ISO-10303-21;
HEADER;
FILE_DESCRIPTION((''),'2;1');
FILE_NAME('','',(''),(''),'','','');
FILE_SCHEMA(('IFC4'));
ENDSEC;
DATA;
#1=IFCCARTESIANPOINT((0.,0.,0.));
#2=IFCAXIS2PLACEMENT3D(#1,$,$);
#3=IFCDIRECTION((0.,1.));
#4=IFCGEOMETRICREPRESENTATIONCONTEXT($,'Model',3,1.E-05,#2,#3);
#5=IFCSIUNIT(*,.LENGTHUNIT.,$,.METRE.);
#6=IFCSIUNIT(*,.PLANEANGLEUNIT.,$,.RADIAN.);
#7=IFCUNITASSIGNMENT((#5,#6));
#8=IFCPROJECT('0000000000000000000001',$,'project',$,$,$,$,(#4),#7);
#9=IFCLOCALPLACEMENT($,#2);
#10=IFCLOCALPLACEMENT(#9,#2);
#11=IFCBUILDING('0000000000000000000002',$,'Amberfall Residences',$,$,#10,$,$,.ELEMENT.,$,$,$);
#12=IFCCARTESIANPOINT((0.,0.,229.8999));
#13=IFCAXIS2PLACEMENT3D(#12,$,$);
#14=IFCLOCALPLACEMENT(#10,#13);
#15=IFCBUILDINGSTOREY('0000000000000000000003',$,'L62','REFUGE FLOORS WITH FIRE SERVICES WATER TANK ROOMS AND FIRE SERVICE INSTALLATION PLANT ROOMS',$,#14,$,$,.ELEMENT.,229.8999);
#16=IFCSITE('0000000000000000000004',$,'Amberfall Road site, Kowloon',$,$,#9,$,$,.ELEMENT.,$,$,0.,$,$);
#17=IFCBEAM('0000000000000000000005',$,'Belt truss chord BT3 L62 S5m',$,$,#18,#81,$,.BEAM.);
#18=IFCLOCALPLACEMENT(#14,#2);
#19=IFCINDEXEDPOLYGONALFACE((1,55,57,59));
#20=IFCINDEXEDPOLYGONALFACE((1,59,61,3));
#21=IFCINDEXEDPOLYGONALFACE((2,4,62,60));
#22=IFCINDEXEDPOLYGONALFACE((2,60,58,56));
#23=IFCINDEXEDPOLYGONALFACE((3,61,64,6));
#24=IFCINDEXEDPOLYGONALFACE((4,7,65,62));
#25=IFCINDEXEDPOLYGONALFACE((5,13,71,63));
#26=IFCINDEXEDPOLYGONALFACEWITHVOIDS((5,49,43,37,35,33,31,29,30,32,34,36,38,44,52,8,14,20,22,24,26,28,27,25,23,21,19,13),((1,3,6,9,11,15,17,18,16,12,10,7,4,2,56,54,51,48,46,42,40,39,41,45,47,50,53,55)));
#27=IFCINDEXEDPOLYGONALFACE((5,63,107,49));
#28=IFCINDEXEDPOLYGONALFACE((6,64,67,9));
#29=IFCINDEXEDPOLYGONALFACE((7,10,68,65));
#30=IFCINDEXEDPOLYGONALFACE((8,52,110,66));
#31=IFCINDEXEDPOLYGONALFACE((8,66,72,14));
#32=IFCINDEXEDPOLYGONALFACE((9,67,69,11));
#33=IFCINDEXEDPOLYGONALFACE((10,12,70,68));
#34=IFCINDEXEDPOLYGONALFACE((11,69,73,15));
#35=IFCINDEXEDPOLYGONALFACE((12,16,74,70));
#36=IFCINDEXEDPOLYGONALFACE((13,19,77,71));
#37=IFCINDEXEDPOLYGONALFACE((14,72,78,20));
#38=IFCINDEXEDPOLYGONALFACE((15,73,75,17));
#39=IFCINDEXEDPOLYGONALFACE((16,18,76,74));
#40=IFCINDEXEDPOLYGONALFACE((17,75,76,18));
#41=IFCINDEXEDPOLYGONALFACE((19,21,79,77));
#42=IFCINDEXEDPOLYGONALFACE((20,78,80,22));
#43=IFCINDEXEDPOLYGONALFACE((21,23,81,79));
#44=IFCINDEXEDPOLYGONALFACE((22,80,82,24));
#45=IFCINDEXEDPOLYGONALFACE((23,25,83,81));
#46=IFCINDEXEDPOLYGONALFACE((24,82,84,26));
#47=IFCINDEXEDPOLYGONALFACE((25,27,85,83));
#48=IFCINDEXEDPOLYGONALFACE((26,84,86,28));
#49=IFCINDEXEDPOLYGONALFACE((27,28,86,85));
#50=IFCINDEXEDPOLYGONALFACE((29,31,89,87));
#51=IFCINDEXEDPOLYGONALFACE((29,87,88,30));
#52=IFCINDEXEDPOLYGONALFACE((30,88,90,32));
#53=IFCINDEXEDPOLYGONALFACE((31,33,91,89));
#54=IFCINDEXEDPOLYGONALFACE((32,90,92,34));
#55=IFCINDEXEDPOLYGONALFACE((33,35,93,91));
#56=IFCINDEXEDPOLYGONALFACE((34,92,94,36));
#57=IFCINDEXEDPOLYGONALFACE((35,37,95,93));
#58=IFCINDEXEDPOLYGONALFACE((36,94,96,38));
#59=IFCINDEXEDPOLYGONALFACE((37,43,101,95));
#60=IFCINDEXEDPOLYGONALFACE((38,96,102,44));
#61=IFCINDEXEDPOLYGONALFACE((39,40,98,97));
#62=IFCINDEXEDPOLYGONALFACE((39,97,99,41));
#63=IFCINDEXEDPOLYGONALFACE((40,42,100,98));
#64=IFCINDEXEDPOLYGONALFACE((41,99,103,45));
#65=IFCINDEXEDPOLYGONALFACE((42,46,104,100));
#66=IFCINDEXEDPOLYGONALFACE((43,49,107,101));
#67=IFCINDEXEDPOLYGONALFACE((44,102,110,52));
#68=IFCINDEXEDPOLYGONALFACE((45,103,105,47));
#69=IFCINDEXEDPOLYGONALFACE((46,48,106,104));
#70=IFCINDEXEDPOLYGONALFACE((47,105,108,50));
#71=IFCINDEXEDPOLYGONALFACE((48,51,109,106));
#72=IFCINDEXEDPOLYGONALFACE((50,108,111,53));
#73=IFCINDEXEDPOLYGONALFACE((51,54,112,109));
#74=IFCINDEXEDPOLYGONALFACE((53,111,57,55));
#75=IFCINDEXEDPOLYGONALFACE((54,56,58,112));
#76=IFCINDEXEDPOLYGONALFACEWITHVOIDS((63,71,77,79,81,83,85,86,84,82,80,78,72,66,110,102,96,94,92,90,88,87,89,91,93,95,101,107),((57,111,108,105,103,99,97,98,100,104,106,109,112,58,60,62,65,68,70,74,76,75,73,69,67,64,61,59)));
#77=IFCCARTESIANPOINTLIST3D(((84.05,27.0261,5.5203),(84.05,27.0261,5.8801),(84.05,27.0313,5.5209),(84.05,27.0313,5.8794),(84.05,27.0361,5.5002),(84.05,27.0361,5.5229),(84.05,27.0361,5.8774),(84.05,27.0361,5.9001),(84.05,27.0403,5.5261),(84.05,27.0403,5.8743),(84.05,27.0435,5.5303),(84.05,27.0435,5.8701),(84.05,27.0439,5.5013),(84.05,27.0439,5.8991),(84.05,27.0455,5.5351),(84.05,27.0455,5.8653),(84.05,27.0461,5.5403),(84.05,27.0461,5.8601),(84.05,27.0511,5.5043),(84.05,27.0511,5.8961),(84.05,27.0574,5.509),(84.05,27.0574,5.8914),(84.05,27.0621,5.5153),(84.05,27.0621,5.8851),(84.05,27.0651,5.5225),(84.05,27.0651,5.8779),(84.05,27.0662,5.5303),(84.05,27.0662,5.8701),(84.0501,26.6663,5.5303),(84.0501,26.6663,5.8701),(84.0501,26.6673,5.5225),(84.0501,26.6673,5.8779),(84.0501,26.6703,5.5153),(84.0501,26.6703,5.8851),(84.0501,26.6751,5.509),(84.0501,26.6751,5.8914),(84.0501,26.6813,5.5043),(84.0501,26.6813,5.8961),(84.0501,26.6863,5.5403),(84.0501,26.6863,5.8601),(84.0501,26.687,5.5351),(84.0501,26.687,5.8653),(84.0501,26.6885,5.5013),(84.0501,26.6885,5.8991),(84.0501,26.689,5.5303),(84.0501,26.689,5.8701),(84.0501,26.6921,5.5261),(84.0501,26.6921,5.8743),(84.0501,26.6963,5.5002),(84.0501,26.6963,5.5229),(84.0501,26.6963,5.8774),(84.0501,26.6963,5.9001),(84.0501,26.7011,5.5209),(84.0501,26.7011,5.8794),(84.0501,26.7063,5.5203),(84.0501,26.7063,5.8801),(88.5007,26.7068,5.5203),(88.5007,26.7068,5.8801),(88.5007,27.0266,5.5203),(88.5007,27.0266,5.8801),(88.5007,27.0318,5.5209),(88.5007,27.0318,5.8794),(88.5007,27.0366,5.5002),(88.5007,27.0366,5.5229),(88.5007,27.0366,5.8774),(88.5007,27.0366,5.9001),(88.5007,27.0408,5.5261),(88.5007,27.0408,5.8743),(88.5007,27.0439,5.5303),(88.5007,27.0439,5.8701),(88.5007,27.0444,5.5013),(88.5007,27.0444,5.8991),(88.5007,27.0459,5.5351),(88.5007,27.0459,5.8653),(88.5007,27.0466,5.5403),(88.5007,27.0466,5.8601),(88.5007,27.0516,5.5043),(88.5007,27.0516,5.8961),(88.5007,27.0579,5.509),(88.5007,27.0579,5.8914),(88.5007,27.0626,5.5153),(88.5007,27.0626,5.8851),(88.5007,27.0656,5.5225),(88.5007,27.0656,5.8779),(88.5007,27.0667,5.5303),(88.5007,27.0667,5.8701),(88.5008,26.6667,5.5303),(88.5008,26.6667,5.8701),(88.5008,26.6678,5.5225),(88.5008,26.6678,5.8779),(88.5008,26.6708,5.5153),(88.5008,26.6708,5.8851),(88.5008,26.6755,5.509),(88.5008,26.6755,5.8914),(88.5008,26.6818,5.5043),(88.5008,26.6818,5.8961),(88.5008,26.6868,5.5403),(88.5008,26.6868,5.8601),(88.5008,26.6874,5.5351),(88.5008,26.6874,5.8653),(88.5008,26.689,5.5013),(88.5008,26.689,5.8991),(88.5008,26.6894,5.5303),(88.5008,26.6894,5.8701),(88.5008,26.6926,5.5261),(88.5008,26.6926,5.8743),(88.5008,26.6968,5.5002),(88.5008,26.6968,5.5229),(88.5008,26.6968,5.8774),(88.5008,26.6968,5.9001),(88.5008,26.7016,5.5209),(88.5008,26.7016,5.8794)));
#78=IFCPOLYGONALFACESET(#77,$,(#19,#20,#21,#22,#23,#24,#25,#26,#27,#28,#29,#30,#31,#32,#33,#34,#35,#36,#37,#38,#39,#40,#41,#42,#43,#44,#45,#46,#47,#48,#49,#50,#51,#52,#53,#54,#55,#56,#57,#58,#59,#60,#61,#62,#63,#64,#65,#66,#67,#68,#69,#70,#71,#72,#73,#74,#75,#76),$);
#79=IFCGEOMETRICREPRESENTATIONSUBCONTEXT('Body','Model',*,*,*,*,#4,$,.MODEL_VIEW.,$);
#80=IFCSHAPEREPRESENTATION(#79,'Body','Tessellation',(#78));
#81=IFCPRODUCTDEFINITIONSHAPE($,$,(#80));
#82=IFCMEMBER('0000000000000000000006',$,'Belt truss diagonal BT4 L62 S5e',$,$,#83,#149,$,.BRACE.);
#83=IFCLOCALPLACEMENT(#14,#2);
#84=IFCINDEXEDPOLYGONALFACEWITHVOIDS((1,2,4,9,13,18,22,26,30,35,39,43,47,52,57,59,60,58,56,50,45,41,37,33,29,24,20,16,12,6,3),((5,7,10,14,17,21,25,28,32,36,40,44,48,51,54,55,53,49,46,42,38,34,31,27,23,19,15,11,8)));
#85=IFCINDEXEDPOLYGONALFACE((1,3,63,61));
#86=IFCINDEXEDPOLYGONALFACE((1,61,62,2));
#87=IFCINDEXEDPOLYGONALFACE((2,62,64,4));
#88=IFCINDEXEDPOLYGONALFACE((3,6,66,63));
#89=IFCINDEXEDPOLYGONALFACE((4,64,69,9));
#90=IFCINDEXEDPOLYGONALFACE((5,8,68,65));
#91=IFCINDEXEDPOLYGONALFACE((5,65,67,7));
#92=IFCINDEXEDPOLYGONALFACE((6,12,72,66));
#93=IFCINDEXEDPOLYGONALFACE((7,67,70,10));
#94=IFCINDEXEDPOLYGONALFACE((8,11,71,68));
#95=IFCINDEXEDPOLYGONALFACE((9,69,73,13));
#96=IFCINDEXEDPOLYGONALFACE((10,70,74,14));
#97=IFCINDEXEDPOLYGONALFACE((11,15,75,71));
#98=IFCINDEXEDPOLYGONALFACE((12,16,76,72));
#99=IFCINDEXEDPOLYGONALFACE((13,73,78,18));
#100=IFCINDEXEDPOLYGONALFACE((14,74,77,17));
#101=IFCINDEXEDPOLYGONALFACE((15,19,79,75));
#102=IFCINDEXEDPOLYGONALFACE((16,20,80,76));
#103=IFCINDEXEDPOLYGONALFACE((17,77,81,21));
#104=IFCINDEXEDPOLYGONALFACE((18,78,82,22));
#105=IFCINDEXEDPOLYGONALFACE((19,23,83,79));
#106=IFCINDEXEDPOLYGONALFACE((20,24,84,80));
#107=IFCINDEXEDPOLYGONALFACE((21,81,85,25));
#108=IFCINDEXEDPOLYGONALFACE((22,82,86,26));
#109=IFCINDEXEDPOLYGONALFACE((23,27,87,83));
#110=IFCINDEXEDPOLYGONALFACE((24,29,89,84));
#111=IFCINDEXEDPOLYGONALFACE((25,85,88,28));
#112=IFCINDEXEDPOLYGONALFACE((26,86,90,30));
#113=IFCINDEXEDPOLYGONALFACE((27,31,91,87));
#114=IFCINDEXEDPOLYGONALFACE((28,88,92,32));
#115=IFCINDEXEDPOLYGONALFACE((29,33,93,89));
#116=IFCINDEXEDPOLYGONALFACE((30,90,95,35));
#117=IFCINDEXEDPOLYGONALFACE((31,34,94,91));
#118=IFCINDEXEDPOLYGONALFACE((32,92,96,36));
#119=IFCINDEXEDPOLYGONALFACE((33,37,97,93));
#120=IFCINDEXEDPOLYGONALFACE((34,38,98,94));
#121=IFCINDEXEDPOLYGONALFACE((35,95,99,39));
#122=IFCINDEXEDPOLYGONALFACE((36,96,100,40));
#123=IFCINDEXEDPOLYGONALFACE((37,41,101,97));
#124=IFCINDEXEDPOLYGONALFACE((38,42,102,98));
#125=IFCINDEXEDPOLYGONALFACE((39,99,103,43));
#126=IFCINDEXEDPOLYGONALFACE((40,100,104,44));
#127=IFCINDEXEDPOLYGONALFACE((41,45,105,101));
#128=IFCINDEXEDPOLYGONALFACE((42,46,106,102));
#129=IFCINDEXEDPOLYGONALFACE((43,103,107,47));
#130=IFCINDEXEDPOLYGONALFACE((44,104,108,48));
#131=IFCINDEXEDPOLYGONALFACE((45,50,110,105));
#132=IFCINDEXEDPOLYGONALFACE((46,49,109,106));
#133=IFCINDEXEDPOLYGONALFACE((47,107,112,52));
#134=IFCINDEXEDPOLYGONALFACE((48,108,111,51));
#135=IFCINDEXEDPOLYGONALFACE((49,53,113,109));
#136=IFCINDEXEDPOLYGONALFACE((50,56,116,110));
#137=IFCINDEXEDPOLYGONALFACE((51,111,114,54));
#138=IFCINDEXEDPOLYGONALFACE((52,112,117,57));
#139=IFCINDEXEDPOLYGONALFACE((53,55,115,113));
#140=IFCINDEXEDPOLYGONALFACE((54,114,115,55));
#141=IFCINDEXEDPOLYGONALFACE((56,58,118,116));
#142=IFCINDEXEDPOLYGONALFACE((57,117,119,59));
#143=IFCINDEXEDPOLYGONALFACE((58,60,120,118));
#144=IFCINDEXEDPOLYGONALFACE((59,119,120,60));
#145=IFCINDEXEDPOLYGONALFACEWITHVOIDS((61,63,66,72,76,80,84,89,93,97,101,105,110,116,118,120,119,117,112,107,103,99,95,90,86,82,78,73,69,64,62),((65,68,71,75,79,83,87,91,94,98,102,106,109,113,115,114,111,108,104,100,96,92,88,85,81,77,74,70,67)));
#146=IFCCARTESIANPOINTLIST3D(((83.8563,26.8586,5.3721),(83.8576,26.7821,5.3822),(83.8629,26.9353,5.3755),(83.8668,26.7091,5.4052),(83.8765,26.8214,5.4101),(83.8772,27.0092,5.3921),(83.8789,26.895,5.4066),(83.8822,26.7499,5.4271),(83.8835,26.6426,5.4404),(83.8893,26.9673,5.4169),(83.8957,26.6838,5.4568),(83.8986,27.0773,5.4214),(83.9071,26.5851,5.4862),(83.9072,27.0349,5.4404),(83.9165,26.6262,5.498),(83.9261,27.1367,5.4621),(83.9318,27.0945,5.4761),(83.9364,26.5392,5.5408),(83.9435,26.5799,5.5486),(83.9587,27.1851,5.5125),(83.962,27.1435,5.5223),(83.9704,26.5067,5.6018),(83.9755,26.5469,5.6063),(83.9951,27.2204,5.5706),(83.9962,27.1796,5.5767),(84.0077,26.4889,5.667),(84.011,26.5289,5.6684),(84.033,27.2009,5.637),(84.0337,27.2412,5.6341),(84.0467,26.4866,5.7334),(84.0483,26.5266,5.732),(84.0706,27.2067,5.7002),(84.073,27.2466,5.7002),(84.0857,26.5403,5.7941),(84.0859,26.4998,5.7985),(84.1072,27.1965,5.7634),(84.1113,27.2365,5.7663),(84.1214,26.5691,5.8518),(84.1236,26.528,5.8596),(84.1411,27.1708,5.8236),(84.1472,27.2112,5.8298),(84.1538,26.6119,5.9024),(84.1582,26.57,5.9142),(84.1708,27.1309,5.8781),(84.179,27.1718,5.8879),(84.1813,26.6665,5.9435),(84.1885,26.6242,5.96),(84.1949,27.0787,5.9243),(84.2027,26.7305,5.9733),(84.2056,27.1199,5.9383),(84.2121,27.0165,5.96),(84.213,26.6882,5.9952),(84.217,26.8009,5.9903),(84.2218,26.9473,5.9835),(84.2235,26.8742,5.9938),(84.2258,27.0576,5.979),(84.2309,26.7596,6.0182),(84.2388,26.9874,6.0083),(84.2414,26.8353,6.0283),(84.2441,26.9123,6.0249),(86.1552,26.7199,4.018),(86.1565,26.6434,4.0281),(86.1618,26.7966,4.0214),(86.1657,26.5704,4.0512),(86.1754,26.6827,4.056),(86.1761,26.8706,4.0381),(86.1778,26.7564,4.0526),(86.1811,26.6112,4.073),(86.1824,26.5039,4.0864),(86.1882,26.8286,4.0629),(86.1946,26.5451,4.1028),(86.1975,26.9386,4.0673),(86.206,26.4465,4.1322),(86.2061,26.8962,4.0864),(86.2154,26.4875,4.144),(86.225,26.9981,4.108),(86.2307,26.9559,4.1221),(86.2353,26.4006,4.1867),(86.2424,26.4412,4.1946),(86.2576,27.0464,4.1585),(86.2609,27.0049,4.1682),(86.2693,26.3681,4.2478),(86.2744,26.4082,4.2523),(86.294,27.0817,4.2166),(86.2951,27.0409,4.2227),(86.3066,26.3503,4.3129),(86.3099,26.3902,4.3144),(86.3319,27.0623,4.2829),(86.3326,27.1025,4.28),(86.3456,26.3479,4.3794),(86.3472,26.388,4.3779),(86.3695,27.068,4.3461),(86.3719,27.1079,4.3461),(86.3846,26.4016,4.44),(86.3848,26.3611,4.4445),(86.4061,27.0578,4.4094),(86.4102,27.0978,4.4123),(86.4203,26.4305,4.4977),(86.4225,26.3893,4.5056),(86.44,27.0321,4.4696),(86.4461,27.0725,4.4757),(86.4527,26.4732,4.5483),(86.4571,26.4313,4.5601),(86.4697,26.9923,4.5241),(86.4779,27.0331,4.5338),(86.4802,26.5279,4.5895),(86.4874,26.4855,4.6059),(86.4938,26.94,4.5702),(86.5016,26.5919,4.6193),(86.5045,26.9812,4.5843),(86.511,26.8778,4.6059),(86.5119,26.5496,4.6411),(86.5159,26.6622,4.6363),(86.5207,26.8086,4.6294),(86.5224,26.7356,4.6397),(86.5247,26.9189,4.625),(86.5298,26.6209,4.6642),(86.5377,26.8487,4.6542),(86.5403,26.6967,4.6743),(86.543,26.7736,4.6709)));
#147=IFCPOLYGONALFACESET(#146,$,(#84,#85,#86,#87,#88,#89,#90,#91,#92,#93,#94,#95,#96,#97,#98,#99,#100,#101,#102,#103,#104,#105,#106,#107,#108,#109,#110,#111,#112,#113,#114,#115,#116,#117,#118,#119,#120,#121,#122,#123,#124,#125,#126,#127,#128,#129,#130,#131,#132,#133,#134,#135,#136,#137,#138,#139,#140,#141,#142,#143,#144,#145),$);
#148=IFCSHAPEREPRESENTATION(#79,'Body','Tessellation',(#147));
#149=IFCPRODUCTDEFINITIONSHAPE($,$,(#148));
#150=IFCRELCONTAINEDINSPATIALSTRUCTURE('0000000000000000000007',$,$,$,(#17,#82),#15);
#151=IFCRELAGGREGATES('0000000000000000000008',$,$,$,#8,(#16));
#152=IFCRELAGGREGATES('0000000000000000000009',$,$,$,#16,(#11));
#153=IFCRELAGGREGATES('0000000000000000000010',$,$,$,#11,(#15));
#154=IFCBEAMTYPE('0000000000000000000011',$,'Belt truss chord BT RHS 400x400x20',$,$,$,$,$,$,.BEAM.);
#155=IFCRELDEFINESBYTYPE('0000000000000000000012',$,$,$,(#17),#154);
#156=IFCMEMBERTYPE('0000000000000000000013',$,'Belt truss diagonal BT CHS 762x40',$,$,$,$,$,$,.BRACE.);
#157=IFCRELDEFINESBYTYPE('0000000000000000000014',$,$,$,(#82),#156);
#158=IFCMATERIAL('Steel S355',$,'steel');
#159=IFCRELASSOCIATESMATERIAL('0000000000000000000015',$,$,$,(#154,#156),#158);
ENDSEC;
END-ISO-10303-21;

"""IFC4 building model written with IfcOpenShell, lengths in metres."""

from ifc_helpers import new_model, si_unit, direction, frame, origin, origin_2d, place, context, subcontext, project, spatial, hollow_rectangle, hollow_circle, extrude, material, material_profile, profile_set, type_object, element, save


model = new_model("IFC4")

# Units and contexts
model_context = context("Model", 3, precision=1e-05, world=origin(), true_north=direction((0.0, 1.0)))
body_context = subcontext(model_context, "Body", "Model", "MODEL_VIEW")
ifc_project = project(units=[si_unit("LENGTHUNIT", "METRE"), si_unit("PLANEANGLEUNIT", "RADIAN")], contexts=[model_context])

# Site, building, storey
site_placement = place(None, origin())
site = spatial("IfcSite", under=ifc_project, at=site_placement, Name="Amberfall Road site, Kowloon", CompositionType="ELEMENT", RefElevation=0.0)
building_placement = place(site_placement, origin())
building = spatial("IfcBuilding", under=site, at=building_placement, Name="Amberfall Residences", CompositionType="ELEMENT")
storey_placement = place(building_placement, frame((0.0, 0.0, 229.8999)))
storey = spatial("IfcBuildingStorey", under=building, at=storey_placement, Name="L62", Description="REFUGE FLOORS WITH FIRE SERVICES WATER TANK ROOMS AND FIRE SERVICE INSTALLATION PLANT ROOMS", CompositionType="ELEMENT", Elevation=229.8999)

# Beam
ifc_material_1 = material(Name="Steel S355", Category="steel")
ifc_material_profile_1 = material_profile(ifc_material_1, hollow_rectangle(XDim=0.3999, YDim=0.3999, WallThickness=0.02, InnerFilletRadius=0.02, OuterFilletRadius=0.03, at=origin_2d()), Name="RHS 400x400x20")
ifc_profile_set_1 = profile_set([ifc_material_profile_1], Name="Steel S355")
beam_type = type_object("IfcBeamType", Name="Belt truss chord BT RHS 400x400x20", PredefinedType="BEAM", material=ifc_profile_set_1)
beam_placement = place(storey_placement, frame((84.05, 26.8662, 5.7002), z_axis=(1.0, 0.00011, 0.0), x_axis=(-0.00011, 1.0, 0.0)))
element("IfcBeam", 1, at=beam_placement, inside=storey, type_object=beam_type, Name="Belt truss chord BT3 L62 S5m", PredefinedType="BEAM", context=body_context, shape_type="SweptSolid", body=[
    extrude(hollow_rectangle(XDim=0.3999, YDim=0.3999, WallThickness=0.02, InnerFilletRadius=0.02, OuterFilletRadius=0.03, at=origin_2d()), origin(), (0.0, 0.0, 1.0), 4.4507),
])

# Member
ifc_material_profile_2 = material_profile(ifc_material_1, hollow_circle(Radius=0.3811, WallThickness=0.04, at=origin_2d()), Name="CHS 762x40")
ifc_profile_set_2 = profile_set([ifc_material_profile_2], Name="Steel S355")
member_type_1 = type_object("IfcMemberType", Name="Belt truss diagonal BT CHS 762x40", PredefinedType="BRACE", material=ifc_profile_set_2)
member_1_placement = place(storey_placement, frame((84.05, 26.8662, 5.7002), z_axis=(0.860486, -0.051907, -0.506824), x_axis=(0.060213, 0.998186, 0.0)))
element("IfcMember", 2, at=member_1_placement, inside=storey, type_object=member_type_1, Name="Belt truss diagonal BT4 L62 S5e", PredefinedType="BRACE", context=body_context, shape_type="SweptSolid", body=[
    extrude(hollow_circle(Radius=0.3811, WallThickness=0.04, at=origin_2d()), origin(), (0.0, 0.0, 1.0), 2.6716),
])

save(model, "model.ifc")
